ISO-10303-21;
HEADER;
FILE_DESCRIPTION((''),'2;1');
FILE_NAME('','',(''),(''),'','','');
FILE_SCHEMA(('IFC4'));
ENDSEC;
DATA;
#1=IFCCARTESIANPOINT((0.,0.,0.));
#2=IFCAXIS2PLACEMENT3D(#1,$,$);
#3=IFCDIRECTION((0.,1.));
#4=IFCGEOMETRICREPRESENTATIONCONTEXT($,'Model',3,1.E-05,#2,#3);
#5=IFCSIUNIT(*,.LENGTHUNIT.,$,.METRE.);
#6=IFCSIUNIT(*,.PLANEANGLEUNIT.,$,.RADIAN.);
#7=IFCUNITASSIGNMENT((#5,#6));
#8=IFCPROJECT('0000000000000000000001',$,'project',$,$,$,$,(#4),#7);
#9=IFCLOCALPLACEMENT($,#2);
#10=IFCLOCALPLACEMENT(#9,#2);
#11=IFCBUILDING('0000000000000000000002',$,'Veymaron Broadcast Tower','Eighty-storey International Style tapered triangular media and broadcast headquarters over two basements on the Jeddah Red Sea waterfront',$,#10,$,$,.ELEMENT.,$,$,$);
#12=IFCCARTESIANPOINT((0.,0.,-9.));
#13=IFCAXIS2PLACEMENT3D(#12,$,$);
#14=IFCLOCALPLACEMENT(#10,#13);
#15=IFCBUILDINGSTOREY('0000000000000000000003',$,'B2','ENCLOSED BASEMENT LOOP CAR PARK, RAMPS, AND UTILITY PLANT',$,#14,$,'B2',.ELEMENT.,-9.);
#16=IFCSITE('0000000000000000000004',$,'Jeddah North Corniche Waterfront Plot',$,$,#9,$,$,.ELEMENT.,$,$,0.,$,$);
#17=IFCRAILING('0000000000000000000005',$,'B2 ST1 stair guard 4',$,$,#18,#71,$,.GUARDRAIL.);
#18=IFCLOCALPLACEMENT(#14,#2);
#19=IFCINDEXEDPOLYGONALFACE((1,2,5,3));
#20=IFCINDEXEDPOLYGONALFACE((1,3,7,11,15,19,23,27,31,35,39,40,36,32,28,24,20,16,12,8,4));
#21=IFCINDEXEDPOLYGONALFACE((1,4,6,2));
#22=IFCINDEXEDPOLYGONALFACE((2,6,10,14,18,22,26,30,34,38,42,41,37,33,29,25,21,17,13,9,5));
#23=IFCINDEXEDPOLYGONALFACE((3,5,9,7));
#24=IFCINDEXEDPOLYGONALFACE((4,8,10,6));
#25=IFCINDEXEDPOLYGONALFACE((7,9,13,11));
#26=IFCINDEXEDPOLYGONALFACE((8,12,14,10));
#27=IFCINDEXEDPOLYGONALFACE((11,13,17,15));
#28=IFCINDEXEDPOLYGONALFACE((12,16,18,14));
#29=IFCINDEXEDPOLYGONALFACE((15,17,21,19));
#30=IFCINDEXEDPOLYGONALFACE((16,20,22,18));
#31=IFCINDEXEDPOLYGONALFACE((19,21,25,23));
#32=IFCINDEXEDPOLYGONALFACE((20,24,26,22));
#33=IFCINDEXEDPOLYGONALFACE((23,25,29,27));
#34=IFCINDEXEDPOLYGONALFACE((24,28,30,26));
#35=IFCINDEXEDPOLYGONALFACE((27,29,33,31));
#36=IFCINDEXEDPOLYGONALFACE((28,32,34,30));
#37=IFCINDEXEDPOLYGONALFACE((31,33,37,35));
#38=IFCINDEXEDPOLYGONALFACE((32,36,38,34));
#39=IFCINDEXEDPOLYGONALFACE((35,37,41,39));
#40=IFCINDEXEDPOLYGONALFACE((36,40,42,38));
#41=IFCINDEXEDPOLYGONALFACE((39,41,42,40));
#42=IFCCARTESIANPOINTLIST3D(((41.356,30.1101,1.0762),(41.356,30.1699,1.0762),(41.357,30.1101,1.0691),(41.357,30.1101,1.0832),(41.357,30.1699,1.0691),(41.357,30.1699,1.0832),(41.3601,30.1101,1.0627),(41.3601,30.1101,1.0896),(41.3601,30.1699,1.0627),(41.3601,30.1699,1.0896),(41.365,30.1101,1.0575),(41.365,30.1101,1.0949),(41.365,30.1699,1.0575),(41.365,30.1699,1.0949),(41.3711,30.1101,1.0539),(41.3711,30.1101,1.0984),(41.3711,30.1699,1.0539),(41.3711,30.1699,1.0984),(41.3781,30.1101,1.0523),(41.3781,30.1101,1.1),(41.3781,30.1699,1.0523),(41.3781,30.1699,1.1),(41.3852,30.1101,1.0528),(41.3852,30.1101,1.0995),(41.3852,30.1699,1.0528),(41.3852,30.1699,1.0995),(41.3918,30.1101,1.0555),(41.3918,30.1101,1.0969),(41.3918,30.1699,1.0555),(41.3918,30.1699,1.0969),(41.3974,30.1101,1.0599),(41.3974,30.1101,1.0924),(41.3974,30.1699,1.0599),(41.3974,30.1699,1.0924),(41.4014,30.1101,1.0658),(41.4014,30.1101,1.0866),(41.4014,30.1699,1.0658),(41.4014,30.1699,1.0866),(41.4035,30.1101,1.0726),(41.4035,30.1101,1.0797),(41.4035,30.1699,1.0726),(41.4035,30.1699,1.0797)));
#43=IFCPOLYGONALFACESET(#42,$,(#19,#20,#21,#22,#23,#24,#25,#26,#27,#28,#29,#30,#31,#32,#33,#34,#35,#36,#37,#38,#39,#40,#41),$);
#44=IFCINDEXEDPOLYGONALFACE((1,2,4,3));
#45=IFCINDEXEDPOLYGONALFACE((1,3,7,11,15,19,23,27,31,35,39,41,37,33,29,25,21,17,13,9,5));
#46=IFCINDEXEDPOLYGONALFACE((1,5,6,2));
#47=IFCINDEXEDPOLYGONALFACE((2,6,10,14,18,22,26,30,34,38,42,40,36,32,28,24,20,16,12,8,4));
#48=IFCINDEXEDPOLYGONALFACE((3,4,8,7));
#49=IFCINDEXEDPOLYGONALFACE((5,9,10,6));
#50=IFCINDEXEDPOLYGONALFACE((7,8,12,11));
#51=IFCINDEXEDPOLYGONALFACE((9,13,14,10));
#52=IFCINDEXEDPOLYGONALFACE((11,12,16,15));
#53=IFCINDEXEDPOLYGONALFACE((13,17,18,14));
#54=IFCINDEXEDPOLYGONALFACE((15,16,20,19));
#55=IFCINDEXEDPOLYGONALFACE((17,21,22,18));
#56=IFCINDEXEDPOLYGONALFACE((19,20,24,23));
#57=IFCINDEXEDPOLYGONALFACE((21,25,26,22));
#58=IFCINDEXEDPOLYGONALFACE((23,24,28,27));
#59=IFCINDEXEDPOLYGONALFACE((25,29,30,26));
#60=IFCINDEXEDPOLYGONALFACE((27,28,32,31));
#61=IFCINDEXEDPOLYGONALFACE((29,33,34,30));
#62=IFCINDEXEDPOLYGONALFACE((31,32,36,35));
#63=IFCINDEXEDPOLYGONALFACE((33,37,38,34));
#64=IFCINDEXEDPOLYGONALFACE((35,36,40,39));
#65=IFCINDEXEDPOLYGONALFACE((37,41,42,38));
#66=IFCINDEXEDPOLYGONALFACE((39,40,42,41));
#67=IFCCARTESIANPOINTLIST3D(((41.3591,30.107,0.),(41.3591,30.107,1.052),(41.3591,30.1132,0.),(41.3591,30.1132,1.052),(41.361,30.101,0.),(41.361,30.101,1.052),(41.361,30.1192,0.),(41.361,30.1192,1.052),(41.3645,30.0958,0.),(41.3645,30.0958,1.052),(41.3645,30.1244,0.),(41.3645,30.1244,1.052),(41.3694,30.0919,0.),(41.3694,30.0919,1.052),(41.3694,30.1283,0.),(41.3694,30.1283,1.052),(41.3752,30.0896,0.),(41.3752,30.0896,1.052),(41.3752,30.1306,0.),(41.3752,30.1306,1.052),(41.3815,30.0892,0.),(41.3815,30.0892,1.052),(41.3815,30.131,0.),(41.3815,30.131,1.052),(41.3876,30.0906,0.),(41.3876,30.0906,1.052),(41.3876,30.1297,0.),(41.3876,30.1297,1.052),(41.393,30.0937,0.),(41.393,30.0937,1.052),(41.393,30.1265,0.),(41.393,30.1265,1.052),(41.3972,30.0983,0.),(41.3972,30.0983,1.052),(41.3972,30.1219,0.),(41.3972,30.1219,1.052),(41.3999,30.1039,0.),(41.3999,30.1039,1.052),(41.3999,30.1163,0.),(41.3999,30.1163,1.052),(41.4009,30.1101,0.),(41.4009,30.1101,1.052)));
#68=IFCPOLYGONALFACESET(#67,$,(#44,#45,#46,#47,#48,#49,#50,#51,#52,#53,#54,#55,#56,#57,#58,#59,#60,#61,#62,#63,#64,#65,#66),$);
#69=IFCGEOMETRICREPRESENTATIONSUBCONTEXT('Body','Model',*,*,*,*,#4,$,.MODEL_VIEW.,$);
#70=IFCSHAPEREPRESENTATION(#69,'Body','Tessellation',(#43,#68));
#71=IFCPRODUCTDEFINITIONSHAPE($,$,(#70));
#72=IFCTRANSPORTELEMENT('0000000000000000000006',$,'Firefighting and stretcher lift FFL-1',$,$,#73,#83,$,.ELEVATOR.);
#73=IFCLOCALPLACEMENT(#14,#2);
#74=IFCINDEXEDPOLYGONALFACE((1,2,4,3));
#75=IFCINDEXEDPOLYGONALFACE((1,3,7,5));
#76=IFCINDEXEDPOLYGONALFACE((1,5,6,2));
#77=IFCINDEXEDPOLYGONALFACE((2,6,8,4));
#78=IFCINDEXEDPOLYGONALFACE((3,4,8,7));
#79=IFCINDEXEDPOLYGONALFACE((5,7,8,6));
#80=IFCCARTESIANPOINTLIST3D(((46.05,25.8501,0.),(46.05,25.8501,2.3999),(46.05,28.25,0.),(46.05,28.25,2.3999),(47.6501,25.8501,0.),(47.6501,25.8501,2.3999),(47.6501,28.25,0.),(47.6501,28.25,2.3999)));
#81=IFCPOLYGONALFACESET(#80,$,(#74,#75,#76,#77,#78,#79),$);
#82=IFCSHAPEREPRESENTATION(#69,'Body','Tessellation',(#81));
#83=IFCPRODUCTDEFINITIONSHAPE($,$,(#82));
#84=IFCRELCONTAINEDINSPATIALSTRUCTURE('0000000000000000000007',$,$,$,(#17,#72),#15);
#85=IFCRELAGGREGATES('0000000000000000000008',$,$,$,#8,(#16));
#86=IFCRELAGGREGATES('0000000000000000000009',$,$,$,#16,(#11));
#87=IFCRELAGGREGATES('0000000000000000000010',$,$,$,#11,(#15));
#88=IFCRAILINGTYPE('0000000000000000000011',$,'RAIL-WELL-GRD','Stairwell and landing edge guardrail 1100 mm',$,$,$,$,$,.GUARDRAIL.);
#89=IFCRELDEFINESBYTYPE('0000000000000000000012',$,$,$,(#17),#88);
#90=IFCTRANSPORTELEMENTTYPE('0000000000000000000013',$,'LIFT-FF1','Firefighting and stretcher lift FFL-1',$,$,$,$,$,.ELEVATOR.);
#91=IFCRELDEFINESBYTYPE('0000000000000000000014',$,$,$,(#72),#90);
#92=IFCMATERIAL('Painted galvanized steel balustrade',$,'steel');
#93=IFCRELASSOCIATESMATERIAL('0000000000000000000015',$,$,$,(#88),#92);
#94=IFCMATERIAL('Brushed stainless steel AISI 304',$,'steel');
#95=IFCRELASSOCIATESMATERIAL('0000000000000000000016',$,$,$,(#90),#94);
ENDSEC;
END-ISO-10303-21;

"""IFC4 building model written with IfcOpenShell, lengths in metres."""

from ifc_helpers import new_model, si_unit, direction, frame, origin, origin_2d, place, context, subcontext, project, spatial, rectangle, circle, extrude, material, type_object, element, save


model = new_model("IFC4")

# Units and contexts
model_context = context("Model", 3, precision=1e-05, world=origin(), true_north=direction((0.0, 1.0)))
body_context = subcontext(model_context, "Body", "Model", "MODEL_VIEW")
ifc_project = project(units=[si_unit("LENGTHUNIT", "METRE"), si_unit("PLANEANGLEUNIT", "RADIAN")], contexts=[model_context])

# Site, building, storey
site_placement = place(None, origin())
site = spatial("IfcSite", under=ifc_project, at=site_placement, Name="Jeddah North Corniche Waterfront Plot", CompositionType="ELEMENT", RefElevation=0.0)
building_placement = place(site_placement, origin())
building = spatial("IfcBuilding", under=site, at=building_placement, Name="Veymaron Broadcast Tower", Description="Eighty-storey International Style tapered triangular media and broadcast headquarters over two basements on the Jeddah Red Sea waterfront", CompositionType="ELEMENT")
storey_placement = place(building_placement, frame((0.0, 0.0, -9.0)))
storey = spatial("IfcBuildingStorey", under=building, at=storey_placement, Name="B2", Description="ENCLOSED BASEMENT LOOP CAR PARK, RAMPS, AND UTILITY PLANT", LongName="B2", CompositionType="ELEMENT", Elevation=-9.0)

# Shared definitions
ifc_material_1 = material(Name="Brushed stainless steel AISI 304", Category="steel")

# Railing
ifc_material_2 = material(Name="Painted galvanized steel balustrade", Category="steel")
railing_type_1 = type_object("IfcRailingType", Name="RAIL-WELL-GRD", Description="Stairwell and landing edge guardrail 1100 mm", PredefinedType="GUARDRAIL", material=ifc_material_2)
railing_1_placement = place(storey_placement, frame((41.3799, 30.1101, 0.0)))
element("IfcRailing", 1, at=railing_1_placement, inside=storey, type_object=railing_type_1, Name="B2 ST1 stair guard 4", PredefinedType="GUARDRAIL", context=body_context, shape_type="SweptSolid", body=[
    extrude(circle(Radius=0.0239, at=origin_2d()), frame((0.0, 0.0, 1.0762), z_axis=(0.0, 1.0, 0.0), x_axis=(-1.0, 0.0, 0.0)), (0.0, 0.0, 1.0), 0.0598),
    extrude(circle(Radius=0.021, at=origin_2d()), origin(), (0.0, 0.0, 1.0), 1.052),
])

# Transport element
transport_element_type = type_object("IfcTransportElementType", Name="LIFT-FF1", Description="Firefighting and stretcher lift FFL-1", PredefinedType="ELEVATOR", material=ifc_material_1)
transport_element_placement = place(storey_placement, frame((46.8501, 27.05, 0.0), z_axis=(0.0, 0.0, 1.0), x_axis=(1.0, 0.0, 0.0)))
element("IfcTransportElement", 2, at=transport_element_placement, inside=storey, type_object=transport_element_type, Name="Firefighting and stretcher lift FFL-1", PredefinedType="ELEVATOR", context=body_context, shape_type="SweptSolid", body=[
    extrude(rectangle(XDim=1.6001, YDim=2.3999, at=origin_2d()), origin(), (0.0, 0.0, 1.0), 2.3999),
])

save(model, "model.ifc")
